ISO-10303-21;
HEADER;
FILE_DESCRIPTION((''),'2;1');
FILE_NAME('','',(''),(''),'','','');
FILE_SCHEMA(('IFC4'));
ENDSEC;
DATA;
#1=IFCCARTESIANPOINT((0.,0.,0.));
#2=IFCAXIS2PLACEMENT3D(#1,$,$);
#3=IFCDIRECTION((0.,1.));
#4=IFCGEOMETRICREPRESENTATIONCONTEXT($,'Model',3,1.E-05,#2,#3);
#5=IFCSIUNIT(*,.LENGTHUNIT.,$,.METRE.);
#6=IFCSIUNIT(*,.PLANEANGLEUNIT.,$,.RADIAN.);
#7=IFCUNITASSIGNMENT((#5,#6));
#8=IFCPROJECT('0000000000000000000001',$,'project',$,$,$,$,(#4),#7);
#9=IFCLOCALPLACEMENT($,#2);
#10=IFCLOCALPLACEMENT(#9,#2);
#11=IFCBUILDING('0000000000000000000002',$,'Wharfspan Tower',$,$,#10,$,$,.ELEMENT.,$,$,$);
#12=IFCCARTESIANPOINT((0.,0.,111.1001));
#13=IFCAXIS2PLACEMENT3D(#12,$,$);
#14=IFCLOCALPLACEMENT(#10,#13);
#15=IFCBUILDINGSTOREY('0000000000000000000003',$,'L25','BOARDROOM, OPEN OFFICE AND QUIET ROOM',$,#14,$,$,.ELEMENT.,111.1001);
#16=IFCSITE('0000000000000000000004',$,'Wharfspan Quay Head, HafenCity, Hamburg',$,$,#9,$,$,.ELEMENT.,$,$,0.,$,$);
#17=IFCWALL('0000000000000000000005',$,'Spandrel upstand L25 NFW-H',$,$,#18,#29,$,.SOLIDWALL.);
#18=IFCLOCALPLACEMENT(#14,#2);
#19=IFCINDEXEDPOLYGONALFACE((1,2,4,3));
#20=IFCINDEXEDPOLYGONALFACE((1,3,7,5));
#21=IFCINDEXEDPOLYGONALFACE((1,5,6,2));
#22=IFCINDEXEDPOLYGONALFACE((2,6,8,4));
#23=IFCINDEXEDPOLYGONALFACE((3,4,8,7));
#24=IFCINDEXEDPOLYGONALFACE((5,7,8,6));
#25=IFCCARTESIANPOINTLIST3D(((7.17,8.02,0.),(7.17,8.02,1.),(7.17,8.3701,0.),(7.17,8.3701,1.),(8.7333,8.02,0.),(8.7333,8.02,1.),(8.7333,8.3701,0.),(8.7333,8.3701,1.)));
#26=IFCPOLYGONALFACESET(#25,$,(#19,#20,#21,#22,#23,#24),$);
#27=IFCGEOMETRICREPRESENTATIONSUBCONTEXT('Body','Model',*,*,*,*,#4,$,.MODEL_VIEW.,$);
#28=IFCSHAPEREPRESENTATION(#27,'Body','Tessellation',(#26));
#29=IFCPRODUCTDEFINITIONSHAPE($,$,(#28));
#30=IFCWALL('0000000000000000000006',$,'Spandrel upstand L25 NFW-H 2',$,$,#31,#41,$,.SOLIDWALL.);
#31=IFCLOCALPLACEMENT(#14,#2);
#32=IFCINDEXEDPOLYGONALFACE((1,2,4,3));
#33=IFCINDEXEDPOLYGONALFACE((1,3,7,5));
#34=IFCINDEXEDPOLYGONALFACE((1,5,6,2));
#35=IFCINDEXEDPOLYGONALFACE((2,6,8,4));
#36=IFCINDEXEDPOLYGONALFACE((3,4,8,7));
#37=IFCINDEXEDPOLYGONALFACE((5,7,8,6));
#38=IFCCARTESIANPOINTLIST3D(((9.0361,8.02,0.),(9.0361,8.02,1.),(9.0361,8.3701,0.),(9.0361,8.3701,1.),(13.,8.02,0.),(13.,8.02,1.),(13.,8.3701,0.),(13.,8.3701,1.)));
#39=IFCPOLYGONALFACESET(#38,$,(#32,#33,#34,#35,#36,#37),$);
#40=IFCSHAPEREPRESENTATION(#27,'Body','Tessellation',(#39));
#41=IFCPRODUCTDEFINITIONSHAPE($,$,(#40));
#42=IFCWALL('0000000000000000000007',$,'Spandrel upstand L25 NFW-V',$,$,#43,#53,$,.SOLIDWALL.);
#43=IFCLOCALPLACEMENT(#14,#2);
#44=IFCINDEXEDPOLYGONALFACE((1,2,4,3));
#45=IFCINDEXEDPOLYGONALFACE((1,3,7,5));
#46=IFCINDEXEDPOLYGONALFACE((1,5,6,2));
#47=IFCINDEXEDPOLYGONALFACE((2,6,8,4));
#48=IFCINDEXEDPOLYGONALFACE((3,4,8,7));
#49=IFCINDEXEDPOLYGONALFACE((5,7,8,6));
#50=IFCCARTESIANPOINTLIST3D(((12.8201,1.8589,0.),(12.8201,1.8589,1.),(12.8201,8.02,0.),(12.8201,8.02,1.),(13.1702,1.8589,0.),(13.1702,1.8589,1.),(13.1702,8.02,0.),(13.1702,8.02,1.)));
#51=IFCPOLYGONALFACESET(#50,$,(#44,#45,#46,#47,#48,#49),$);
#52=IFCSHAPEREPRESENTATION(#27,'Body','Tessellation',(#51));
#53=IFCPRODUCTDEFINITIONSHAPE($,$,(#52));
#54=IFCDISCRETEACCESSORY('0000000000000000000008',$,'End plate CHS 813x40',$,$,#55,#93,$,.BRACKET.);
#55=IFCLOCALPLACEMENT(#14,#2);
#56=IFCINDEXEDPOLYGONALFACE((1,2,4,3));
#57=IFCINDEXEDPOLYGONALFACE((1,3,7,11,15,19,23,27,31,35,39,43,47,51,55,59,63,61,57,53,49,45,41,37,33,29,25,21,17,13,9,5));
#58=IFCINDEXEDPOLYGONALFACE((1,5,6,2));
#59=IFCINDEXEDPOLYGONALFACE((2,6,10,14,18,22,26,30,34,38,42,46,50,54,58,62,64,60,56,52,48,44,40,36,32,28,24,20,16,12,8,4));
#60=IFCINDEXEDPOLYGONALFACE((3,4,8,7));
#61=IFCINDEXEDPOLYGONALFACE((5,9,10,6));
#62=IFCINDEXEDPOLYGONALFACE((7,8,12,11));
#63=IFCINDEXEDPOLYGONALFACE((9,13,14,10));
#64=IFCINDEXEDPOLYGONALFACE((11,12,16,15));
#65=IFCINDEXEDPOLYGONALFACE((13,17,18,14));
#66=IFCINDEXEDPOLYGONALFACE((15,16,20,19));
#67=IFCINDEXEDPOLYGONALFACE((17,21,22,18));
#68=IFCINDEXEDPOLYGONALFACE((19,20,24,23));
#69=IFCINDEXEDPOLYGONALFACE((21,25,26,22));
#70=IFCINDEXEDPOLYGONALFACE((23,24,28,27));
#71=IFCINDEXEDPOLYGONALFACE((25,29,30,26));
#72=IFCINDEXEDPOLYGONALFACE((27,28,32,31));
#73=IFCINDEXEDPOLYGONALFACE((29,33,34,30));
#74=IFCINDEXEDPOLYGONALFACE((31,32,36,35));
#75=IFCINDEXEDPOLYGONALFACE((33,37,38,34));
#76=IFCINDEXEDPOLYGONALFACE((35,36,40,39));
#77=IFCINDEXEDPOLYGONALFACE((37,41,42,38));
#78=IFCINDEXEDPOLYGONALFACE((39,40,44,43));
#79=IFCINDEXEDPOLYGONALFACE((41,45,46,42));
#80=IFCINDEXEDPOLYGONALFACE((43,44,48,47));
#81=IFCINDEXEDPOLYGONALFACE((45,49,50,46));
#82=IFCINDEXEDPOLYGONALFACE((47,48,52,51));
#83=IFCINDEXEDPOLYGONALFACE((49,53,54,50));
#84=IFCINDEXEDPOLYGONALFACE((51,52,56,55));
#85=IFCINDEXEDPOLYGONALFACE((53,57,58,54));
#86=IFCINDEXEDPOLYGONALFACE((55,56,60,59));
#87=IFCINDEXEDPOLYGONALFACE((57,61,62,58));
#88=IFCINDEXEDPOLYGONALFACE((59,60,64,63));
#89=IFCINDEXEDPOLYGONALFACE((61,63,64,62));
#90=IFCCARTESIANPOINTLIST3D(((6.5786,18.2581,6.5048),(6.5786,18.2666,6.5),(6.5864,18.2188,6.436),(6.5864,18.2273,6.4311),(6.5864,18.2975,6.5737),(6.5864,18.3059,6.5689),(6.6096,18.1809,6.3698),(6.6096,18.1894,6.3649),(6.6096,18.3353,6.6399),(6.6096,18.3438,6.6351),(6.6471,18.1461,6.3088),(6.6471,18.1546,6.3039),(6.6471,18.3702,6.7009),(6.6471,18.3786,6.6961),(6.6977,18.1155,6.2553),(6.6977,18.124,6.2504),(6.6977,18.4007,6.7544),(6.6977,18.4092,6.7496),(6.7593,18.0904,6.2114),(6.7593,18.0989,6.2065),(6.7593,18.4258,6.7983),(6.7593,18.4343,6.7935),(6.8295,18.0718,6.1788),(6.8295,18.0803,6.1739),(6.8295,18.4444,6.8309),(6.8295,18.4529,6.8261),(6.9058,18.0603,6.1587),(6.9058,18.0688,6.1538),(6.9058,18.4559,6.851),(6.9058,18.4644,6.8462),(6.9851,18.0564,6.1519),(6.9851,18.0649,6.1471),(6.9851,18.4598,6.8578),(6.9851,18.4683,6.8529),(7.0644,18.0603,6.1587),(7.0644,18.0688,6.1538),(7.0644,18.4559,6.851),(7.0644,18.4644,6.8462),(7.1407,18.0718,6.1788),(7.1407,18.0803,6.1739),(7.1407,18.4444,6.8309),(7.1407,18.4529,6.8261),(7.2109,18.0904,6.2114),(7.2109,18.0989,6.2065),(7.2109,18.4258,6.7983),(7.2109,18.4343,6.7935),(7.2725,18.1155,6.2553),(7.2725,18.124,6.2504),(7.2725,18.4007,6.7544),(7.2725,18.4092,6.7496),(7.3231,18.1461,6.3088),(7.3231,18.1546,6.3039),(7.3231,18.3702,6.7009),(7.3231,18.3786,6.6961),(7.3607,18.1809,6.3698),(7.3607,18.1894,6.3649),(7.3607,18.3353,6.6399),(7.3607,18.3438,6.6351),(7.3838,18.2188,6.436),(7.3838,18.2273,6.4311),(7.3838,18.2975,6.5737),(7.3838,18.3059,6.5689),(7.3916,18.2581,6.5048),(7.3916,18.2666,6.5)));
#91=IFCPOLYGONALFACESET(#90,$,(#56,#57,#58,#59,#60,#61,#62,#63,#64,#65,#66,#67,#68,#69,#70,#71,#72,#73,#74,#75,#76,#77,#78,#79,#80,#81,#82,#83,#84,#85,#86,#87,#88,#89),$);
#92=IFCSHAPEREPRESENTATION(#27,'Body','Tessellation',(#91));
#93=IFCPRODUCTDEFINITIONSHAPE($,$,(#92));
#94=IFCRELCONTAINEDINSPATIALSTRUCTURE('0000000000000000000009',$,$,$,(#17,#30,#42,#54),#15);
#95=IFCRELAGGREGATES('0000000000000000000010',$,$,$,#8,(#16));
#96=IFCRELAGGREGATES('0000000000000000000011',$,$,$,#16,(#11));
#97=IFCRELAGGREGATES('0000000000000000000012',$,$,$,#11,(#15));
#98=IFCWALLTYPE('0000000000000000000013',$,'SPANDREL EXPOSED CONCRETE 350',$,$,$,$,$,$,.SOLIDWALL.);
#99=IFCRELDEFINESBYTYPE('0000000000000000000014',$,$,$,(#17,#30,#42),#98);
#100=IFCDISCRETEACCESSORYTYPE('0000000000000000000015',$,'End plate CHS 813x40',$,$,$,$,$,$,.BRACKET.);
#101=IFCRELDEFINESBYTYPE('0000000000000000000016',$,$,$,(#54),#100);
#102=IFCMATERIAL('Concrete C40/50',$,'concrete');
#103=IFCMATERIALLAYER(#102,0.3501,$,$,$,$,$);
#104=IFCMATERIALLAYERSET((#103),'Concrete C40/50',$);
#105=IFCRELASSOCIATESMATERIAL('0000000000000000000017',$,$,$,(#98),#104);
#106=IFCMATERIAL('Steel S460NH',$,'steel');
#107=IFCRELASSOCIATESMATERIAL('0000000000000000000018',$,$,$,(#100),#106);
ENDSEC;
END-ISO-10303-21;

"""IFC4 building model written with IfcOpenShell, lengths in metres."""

from ifc_helpers import new_model, si_unit, direction, frame, frame_2d, origin, origin_2d, place, context, subcontext, project, spatial, rectangle, circle, extrude, material, layer, layer_set, material_profile, profile_set, type_object, element, save


model = new_model("IFC4")

# Units and contexts
model_context = context("Model", 3, precision=1e-05, world=origin(), true_north=direction((0.0, 1.0)))
body_context = subcontext(model_context, "Body", "Model", "MODEL_VIEW")
ifc_project = project(units=[si_unit("LENGTHUNIT", "METRE"), si_unit("PLANEANGLEUNIT", "RADIAN")], contexts=[model_context])

# Site, building, storey
site_placement = place(None, origin())
site = spatial("IfcSite", under=ifc_project, at=site_placement, Name="Wharfspan Quay Head, HafenCity, Hamburg", CompositionType="ELEMENT", RefElevation=0.0)
building_placement = place(site_placement, origin())
building = spatial("IfcBuilding", under=site, at=building_placement, Name="Wharfspan Tower", CompositionType="ELEMENT")
storey_placement = place(building_placement, frame((0.0, 0.0, 111.1001)))
storey = spatial("IfcBuildingStorey", under=building, at=storey_placement, Name="L25", Description="BOARDROOM, OPEN OFFICE AND QUIET ROOM", CompositionType="ELEMENT", Elevation=111.1001)

# Shared definitions
ifc_material_1 = material(Name="Concrete C40/50", Category="concrete")

# Walls
ifc_layer_1 = layer(ifc_material_1, 0.3501)
ifc_layer_set_1 = layer_set([ifc_layer_1], Name="Concrete C40/50")
wall_type_1 = type_object("IfcWallType", Name="SPANDREL EXPOSED CONCRETE 350", PredefinedType="SOLIDWALL", material=ifc_layer_set_1)
wall_1_placement = place(storey_placement, frame((7.1699, 8.1951, 0.0), z_axis=(0.0, 0.0, 1.0), x_axis=(1.0, 0.0, 0.0)))
element("IfcWall", 1, at=wall_1_placement, inside=storey, type_object=wall_type_1, Name="Spandrel upstand L25 NFW-H", PredefinedType="SOLIDWALL", context=body_context, shape_type="SweptSolid", body=[
    extrude(rectangle(XDim=1.5632, YDim=0.3501, at=frame_2d((0.7817, 0.0))), origin(), (0.0, 0.0, 1.0), 1.0),
])
wall_2_placement = place(storey_placement, frame((9.0361, 8.1951, 0.0), z_axis=(0.0, 0.0, 1.0), x_axis=(1.0, 0.0, 0.0)))
element("IfcWall", 2, at=wall_2_placement, inside=storey, type_object=wall_type_1, Name="Spandrel upstand L25 NFW-H 2", PredefinedType="SOLIDWALL", context=body_context, shape_type="SweptSolid", body=[
    extrude(rectangle(XDim=3.9639, YDim=0.3501, at=frame_2d((1.9819, 0.0))), origin(), (0.0, 0.0, 1.0), 1.0),
])
wall_3_placement = place(storey_placement, frame((12.9951, 8.02, 0.0), z_axis=(0.0, 0.0, 1.0), x_axis=(0.0, -1.0, 0.0)))
element("IfcWall", 3, at=wall_3_placement, inside=storey, type_object=wall_type_1, Name="Spandrel upstand L25 NFW-V", PredefinedType="SOLIDWALL", context=body_context, shape_type="SweptSolid", body=[
    extrude(rectangle(XDim=6.1611, YDim=0.3501, at=frame_2d((3.0806, 0.0))), origin(), (0.0, 0.0, 1.0), 1.0),
])

# Discrete accessory
ifc_material_2 = material(Name="Steel S460NH", Category="steel")
ifc_material_profile_1 = material_profile(ifc_material_2, circle(Radius=0.4065, at=origin_2d()))
ifc_profile_set_1 = profile_set([ifc_material_profile_1], Name="Steel S460NH")
discrete_accessory_type = type_object("IfcDiscreteAccessoryType", Name="End plate CHS 813x40", PredefinedType="BRACKET", material=ifc_profile_set_1)
discrete_accessory_placement = place(storey_placement, frame((6.9851, 18.2666, 6.5), z_axis=(0.0, -0.868243, 0.496139), x_axis=(1.0, 0.0, 0.0)))
element("IfcDiscreteAccessory", 4, at=discrete_accessory_placement, inside=storey, type_object=discrete_accessory_type, Name="End plate CHS 813x40", PredefinedType="BRACKET", context=body_context, shape_type="SweptSolid", body=[
    extrude(circle(Radius=0.4065, at=origin_2d()), origin(), (0.0, 0.0, 1.0), 0.0098),
])

save(model, "model.ifc")
